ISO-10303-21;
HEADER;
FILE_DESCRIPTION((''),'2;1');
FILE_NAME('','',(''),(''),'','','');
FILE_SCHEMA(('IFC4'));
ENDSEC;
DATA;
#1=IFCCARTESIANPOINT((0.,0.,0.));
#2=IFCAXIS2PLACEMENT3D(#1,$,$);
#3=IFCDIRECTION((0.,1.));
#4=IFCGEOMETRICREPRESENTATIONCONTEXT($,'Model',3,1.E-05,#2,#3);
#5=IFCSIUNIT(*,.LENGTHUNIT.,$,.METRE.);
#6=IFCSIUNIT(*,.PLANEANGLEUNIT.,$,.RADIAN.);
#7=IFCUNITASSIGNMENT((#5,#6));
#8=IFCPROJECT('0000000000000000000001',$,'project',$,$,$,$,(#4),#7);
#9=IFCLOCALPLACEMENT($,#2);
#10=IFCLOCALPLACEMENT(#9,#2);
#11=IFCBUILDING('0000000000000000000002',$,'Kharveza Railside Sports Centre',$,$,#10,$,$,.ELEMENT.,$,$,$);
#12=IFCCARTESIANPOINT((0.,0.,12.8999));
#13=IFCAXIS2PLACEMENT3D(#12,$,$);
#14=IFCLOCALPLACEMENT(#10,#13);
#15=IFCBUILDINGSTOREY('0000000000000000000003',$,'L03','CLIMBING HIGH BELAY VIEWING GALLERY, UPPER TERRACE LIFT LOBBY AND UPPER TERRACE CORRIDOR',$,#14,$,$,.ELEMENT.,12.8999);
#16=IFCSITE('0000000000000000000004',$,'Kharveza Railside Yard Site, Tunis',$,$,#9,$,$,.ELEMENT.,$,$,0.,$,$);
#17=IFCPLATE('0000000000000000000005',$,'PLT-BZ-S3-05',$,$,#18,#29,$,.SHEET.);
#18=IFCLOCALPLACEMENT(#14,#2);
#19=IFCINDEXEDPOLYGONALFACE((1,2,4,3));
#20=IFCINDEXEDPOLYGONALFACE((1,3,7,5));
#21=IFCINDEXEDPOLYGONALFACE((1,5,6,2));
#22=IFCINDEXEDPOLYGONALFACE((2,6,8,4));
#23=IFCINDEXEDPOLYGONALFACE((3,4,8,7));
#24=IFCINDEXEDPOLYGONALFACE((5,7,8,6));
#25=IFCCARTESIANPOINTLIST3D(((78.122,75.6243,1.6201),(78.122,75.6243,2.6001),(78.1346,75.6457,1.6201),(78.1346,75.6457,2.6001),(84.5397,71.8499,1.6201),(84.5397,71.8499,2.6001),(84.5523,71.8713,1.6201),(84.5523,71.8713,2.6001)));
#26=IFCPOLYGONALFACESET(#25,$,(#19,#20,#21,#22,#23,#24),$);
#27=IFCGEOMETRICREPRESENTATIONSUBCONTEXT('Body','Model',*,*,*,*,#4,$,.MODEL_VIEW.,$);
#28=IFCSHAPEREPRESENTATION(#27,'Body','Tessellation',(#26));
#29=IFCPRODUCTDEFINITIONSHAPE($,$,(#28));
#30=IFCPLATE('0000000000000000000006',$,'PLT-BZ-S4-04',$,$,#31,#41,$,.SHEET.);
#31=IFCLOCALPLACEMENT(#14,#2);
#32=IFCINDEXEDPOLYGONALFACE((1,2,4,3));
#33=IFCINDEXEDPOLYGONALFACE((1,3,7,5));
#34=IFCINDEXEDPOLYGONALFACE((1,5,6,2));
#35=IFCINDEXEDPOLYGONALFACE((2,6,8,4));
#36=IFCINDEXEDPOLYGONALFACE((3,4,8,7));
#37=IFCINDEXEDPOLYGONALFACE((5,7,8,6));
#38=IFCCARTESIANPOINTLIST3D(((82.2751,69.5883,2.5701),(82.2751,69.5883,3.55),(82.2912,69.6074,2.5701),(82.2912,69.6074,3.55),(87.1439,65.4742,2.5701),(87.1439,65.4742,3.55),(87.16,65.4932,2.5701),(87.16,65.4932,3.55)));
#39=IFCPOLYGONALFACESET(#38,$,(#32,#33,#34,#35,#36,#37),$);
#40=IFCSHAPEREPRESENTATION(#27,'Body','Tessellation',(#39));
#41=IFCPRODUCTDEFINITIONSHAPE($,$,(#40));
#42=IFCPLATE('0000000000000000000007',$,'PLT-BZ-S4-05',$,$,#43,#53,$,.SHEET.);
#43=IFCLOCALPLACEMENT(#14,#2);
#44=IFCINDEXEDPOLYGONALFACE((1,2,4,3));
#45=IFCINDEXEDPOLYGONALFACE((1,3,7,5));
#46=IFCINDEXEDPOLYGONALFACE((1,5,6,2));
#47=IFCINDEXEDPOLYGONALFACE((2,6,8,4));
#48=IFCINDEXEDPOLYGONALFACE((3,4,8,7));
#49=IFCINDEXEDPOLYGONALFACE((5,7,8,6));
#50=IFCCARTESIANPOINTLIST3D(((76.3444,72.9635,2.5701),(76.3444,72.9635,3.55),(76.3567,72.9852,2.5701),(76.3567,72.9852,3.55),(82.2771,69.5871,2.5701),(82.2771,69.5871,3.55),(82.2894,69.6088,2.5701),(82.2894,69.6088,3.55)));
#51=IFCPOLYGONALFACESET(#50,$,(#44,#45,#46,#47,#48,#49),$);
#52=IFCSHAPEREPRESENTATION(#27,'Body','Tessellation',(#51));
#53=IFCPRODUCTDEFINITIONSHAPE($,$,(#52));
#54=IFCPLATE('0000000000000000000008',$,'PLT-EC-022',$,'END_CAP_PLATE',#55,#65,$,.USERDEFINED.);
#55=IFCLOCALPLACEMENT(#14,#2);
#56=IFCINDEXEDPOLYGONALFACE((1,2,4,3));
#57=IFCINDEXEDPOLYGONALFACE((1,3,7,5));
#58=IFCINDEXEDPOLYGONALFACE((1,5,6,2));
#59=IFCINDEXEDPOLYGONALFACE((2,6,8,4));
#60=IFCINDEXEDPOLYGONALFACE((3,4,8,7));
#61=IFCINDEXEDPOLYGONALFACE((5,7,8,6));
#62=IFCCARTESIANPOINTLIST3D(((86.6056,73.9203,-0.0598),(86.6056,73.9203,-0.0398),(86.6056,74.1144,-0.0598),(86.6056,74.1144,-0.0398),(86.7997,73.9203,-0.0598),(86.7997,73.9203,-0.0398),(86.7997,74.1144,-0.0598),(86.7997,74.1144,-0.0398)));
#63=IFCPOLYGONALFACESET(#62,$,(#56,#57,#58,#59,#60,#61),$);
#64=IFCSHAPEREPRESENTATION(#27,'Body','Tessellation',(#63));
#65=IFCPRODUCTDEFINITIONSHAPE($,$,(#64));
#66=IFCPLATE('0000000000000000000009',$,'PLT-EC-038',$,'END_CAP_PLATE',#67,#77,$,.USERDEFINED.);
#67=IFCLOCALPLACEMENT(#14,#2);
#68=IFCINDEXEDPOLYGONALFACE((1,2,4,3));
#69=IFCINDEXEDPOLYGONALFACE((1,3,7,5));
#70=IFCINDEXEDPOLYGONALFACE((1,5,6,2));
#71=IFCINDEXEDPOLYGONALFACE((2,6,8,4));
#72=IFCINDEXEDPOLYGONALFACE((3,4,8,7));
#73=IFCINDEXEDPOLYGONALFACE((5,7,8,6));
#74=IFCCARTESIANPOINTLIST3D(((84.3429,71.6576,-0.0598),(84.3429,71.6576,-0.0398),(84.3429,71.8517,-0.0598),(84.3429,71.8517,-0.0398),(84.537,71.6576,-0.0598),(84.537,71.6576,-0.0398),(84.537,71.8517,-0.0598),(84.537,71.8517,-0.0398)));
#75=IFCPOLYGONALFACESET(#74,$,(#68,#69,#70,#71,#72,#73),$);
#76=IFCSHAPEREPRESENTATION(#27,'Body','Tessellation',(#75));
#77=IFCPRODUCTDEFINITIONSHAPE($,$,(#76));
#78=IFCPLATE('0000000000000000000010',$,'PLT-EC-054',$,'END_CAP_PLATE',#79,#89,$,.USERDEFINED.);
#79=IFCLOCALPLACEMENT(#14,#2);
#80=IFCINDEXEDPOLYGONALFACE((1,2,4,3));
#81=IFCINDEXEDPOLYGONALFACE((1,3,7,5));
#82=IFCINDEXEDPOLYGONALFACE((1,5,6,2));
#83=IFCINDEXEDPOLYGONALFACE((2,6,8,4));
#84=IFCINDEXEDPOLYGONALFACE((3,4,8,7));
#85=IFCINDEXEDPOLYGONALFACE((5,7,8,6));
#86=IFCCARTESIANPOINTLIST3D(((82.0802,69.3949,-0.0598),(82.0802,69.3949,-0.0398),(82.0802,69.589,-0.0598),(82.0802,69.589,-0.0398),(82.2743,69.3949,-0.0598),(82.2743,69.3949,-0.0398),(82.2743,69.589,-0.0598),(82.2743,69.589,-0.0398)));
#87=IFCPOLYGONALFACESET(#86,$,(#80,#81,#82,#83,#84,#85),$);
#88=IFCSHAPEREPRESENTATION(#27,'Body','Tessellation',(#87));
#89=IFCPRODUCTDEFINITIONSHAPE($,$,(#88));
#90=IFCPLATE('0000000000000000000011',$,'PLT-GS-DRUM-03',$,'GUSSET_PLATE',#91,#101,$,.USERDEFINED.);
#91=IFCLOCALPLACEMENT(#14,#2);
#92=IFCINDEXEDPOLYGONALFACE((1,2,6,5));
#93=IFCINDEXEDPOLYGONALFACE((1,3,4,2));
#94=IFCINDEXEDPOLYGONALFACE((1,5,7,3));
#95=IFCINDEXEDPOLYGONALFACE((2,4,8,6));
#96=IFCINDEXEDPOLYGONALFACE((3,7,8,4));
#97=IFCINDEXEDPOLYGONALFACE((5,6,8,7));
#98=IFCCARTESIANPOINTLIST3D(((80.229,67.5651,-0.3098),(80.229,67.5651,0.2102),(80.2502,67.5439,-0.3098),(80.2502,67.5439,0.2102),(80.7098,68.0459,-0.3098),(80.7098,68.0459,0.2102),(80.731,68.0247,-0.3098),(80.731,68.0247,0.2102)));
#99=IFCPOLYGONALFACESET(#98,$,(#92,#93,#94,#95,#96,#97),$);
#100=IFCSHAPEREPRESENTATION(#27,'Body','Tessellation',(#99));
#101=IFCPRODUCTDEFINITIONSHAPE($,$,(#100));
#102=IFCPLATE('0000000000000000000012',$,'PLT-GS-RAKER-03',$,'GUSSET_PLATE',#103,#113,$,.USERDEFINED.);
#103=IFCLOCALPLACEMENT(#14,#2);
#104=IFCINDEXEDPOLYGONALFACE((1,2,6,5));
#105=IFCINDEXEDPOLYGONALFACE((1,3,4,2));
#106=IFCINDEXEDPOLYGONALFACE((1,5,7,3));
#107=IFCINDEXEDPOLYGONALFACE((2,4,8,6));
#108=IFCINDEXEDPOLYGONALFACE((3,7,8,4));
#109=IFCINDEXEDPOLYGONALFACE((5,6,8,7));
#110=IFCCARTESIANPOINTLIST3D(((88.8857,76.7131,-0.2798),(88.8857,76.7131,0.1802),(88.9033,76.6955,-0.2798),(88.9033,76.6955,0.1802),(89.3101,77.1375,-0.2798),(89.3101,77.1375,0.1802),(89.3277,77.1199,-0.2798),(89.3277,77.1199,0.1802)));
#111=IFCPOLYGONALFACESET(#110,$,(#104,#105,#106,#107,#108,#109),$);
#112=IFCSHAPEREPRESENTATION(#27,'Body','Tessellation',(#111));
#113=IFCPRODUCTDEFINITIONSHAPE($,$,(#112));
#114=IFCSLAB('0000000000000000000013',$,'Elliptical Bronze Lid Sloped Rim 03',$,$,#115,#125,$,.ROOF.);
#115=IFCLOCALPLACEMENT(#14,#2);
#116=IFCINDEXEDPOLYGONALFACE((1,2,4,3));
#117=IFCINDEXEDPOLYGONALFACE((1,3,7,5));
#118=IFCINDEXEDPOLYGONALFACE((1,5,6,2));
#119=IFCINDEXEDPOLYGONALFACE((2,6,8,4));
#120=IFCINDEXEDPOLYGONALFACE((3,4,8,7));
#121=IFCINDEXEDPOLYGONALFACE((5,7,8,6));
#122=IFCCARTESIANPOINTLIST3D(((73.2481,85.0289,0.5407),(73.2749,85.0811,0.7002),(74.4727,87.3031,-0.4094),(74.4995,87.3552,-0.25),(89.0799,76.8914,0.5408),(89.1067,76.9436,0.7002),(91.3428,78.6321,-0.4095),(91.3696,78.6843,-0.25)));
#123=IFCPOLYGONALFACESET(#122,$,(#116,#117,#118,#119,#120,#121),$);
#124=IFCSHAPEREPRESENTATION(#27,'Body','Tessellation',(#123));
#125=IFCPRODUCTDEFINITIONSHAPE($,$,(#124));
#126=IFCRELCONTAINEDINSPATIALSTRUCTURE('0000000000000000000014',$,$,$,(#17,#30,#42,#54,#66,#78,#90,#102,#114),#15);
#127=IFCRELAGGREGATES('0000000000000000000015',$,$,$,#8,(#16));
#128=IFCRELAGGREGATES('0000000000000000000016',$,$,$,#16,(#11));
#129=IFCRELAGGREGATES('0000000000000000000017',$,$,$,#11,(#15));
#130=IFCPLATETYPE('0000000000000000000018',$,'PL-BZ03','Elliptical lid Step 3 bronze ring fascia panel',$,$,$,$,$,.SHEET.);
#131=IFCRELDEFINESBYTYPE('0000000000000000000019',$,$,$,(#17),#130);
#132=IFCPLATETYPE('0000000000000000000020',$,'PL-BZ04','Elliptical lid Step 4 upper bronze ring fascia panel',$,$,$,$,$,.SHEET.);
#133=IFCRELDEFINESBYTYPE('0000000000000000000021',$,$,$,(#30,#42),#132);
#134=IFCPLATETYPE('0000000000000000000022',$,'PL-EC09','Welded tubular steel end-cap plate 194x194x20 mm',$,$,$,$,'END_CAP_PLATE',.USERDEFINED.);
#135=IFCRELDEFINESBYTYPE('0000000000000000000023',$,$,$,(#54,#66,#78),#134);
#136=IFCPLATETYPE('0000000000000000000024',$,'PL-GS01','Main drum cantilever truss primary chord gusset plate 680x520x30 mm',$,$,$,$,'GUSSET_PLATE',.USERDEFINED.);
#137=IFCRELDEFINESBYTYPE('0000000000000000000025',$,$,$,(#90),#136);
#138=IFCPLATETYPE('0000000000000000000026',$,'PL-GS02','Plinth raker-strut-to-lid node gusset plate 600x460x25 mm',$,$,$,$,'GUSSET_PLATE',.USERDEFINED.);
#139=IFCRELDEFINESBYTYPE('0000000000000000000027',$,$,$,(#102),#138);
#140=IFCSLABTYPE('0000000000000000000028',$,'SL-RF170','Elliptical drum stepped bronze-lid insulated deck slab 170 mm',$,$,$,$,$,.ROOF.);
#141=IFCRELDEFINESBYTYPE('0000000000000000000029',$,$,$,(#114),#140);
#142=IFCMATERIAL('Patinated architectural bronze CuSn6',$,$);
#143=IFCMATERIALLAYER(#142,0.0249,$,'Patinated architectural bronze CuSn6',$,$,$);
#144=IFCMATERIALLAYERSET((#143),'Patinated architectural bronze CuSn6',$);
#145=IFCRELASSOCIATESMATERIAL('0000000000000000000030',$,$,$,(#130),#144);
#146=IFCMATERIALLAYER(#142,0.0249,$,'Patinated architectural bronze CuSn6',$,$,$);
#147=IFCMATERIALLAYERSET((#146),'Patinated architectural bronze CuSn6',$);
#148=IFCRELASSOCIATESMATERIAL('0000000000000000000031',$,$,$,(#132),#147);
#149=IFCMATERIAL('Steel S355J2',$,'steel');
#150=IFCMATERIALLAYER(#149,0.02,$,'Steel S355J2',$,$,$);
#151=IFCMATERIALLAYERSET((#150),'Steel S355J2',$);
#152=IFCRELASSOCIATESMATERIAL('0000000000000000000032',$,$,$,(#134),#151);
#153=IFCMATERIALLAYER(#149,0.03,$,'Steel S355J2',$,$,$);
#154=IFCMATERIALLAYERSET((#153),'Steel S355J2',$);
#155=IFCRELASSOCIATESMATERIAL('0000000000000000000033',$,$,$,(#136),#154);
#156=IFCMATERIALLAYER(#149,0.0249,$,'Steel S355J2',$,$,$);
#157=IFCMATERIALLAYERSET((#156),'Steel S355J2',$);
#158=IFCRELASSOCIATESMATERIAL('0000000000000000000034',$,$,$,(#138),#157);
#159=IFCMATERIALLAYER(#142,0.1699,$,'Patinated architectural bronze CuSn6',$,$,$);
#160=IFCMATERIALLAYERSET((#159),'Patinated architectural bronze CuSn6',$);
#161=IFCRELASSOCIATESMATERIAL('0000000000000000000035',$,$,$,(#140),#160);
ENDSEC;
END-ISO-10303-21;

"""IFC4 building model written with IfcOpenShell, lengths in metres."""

from ifc_helpers import new_model, si_unit, direction, frame, origin, origin_2d, place, context, subcontext, project, spatial, polyline, rectangle, outline, extrude, material, layer, layer_set, type_object, element, save


model = new_model("IFC4")

# Units and contexts
model_context = context("Model", 3, precision=1e-05, world=origin(), true_north=direction((0.0, 1.0)))
body_context = subcontext(model_context, "Body", "Model", "MODEL_VIEW")
ifc_project = project(units=[si_unit("LENGTHUNIT", "METRE"), si_unit("PLANEANGLEUNIT", "RADIAN")], contexts=[model_context])

# Site, building, storey
site_placement = place(None, origin())
site = spatial("IfcSite", under=ifc_project, at=site_placement, Name="Kharveza Railside Yard Site, Tunis", CompositionType="ELEMENT", RefElevation=0.0)
building_placement = place(site_placement, origin())
building = spatial("IfcBuilding", under=site, at=building_placement, Name="Kharveza Railside Sports Centre", CompositionType="ELEMENT")
storey_placement = place(building_placement, frame((0.0, 0.0, 12.8999)))
storey = spatial("IfcBuildingStorey", under=building, at=storey_placement, Name="L03", Description="CLIMBING HIGH BELAY VIEWING GALLERY, UPPER TERRACE LIFT LOBBY AND UPPER TERRACE CORRIDOR", CompositionType="ELEMENT", Elevation=12.8999)

# Shared definitions
ifc_material_1 = material(Name="Steel S355J2", Category="steel")

# Plates
ifc_material_2 = material(Name="Patinated architectural bronze CuSn6")
ifc_layer_1 = layer(ifc_material_2, 0.0249, Name="Patinated architectural bronze CuSn6")
ifc_layer_set_1 = layer_set([ifc_layer_1], Name="Patinated architectural bronze CuSn6")
plate_type_1 = type_object("IfcPlateType", Name="PL-BZ03", Description="Elliptical lid Step 3 bronze ring fascia panel", PredefinedType="SHEET", material=ifc_layer_set_1)
plate_1_placement = place(storey_placement, frame((81.3372, 73.7478, 1.6201), z_axis=(0.0, 0.0, 1.0), x_axis=(-0.861974, 0.506952, 0.0)))
element("IfcPlate", 1, at=plate_1_placement, inside=storey, type_object=plate_type_1, Name="PLT-BZ-S3-05", PredefinedType="SHEET", context=body_context, shape_type="SweptSolid", body=[
    extrude(rectangle(XDim=7.4453, YDim=0.0249, at=origin_2d()), origin(), (0.0, 0.0, 1.0), 0.98),
])
ifc_layer_2 = layer(ifc_material_2, 0.0249, Name="Patinated architectural bronze CuSn6")
ifc_layer_set_2 = layer_set([ifc_layer_2], Name="Patinated architectural bronze CuSn6")
plate_type_2 = type_object("IfcPlateType", Name="PL-BZ04", Description="Elliptical lid Step 4 upper bronze ring fascia panel", PredefinedType="SHEET", material=ifc_layer_set_2)
plate_2_placement = place(storey_placement, frame((84.7175, 67.5408, 2.5701), z_axis=(0.0, 0.0, 1.0), x_axis=(-0.763819, 0.645431, 0.0)))
element("IfcPlate", 2, at=plate_2_placement, inside=storey, type_object=plate_type_2, Name="PLT-BZ-S4-04", PredefinedType="SHEET", context=body_context, shape_type="SweptSolid", body=[
    extrude(rectangle(XDim=6.3743, YDim=0.0249, at=origin_2d()), origin(), (0.0, 0.0, 1.0), 0.98),
])
plate_3_placement = place(storey_placement, frame((79.3169, 71.2861, 2.5701), z_axis=(0.0, 0.0, 1.0), x_axis=(-0.869107, 0.494625, 0.0)))
element("IfcPlate", 3, at=plate_3_placement, inside=storey, type_object=plate_type_2, Name="PLT-BZ-S4-05", PredefinedType="SHEET", context=body_context, shape_type="SweptSolid", body=[
    extrude(rectangle(XDim=6.8262, YDim=0.0249, at=origin_2d()), origin(), (0.0, 0.0, 1.0), 0.98),
])
ifc_layer_3 = layer(ifc_material_1, 0.02, Name="Steel S355J2")
ifc_layer_set_3 = layer_set([ifc_layer_3], Name="Steel S355J2")
plate_type_3 = type_object("IfcPlateType", Name="PL-EC09", Description="Welded tubular steel end-cap plate 194x194x20 mm", ElementType="END_CAP_PLATE", PredefinedType="USERDEFINED", material=ifc_layer_set_3)
for number, where, z_axis, x_axis, name in (
    (4, (86.7026, 74.0173, -0.0598), (0.0, 0.0, 1.0), (1.0, 0.0, 0.0), "PLT-EC-022"),
    (5, (84.4399, 71.7546, -0.0598), (0.0, 0.0, 1.0), (1.0, 0.0, 0.0), "PLT-EC-038"),
    (6, (82.1772, 69.4919, -0.0598), (0.0, 0.0, 1.0), (1.0, 0.0, 0.0), "PLT-EC-054"),
):
    element("IfcPlate", number, at=place(storey_placement, frame(where, z_axis=z_axis, x_axis=x_axis)), inside=storey, type_object=plate_type_3, Name=name, ObjectType="END_CAP_PLATE", PredefinedType="USERDEFINED", context=body_context, shape_type="SweptSolid", body=[
        extrude(rectangle(XDim=0.1941, YDim=0.1941, at=origin_2d()), origin(), (0.0, 0.0, 1.0), 0.02),
    ])
ifc_layer_4 = layer(ifc_material_1, 0.03, Name="Steel S355J2")
ifc_layer_set_4 = layer_set([ifc_layer_4], Name="Steel S355J2")
plate_type_4 = type_object("IfcPlateType", Name="PL-GS01", Description="Main drum cantilever truss primary chord gusset plate 680x520x30 mm", ElementType="GUSSET_PLATE", PredefinedType="USERDEFINED", material=ifc_layer_set_4)
plate_4_placement = place(storey_placement, frame((80.48, 67.7949, -0.3098), z_axis=(0.0, 0.0, 1.0), x_axis=(0.707107, 0.707107, 0.0)))
element("IfcPlate", 7, at=plate_4_placement, inside=storey, type_object=plate_type_4, Name="PLT-GS-DRUM-03", ObjectType="GUSSET_PLATE", PredefinedType="USERDEFINED", context=body_context, shape_type="SweptSolid", body=[
    extrude(rectangle(XDim=0.6799, YDim=0.03, at=origin_2d()), origin(), (0.0, 0.0, 1.0), 0.52),
])
ifc_layer_5 = layer(ifc_material_1, 0.0249, Name="Steel S355J2")
ifc_layer_set_5 = layer_set([ifc_layer_5], Name="Steel S355J2")
plate_type_5 = type_object("IfcPlateType", Name="PL-GS02", Description="Plinth raker-strut-to-lid node gusset plate 600x460x25 mm", ElementType="GUSSET_PLATE", PredefinedType="USERDEFINED", material=ifc_layer_set_5)
plate_5_placement = place(storey_placement, frame((89.1067, 76.9165, -0.2798), z_axis=(0.0, 0.0, 1.0), x_axis=(0.707107, 0.707107, 0.0)))
element("IfcPlate", 8, at=plate_5_placement, inside=storey, type_object=plate_type_5, Name="PLT-GS-RAKER-03", ObjectType="GUSSET_PLATE", PredefinedType="USERDEFINED", context=body_context, shape_type="SweptSolid", body=[
    extrude(rectangle(XDim=0.6001, YDim=0.0249, at=origin_2d()), origin(), (0.0, 0.0, 1.0), 0.46),
])

# Slab
ifc_layer_6 = layer(ifc_material_2, 0.1699, Name="Patinated architectural bronze CuSn6")
ifc_layer_set_6 = layer_set([ifc_layer_6], Name="Patinated architectural bronze CuSn6")
slab_type = type_object("IfcSlabType", Name="SL-RF170", Description="Elliptical drum stepped bronze-lid insulated deck slab 170 mm", PredefinedType="ROOF", material=ifc_layer_set_6)
slab_placement = place(storey_placement, frame((91.3696, 78.6843, -0.25), z_axis=(0.157849, 0.307106, 0.938493), x_axis=(-0.889398, 0.457133, 0.000002)))
element("IfcSlab", 9, at=slab_placement, inside=storey, type_object=slab_type, Name="Elliptical Bronze Lid Sloped Rim 03", PredefinedType="ROOF", context=body_context, shape_type="SweptSolid", body=[
    extrude(outline(polyline([(0.0, 0.0), (18.968, 0.0), (19.0176, 2.7517), (1.2169, 2.7519), (0.0, 0.0)])), origin(), (0.0, 0.0, -1.0), 0.1699),
])

save(model, "model.ifc")
